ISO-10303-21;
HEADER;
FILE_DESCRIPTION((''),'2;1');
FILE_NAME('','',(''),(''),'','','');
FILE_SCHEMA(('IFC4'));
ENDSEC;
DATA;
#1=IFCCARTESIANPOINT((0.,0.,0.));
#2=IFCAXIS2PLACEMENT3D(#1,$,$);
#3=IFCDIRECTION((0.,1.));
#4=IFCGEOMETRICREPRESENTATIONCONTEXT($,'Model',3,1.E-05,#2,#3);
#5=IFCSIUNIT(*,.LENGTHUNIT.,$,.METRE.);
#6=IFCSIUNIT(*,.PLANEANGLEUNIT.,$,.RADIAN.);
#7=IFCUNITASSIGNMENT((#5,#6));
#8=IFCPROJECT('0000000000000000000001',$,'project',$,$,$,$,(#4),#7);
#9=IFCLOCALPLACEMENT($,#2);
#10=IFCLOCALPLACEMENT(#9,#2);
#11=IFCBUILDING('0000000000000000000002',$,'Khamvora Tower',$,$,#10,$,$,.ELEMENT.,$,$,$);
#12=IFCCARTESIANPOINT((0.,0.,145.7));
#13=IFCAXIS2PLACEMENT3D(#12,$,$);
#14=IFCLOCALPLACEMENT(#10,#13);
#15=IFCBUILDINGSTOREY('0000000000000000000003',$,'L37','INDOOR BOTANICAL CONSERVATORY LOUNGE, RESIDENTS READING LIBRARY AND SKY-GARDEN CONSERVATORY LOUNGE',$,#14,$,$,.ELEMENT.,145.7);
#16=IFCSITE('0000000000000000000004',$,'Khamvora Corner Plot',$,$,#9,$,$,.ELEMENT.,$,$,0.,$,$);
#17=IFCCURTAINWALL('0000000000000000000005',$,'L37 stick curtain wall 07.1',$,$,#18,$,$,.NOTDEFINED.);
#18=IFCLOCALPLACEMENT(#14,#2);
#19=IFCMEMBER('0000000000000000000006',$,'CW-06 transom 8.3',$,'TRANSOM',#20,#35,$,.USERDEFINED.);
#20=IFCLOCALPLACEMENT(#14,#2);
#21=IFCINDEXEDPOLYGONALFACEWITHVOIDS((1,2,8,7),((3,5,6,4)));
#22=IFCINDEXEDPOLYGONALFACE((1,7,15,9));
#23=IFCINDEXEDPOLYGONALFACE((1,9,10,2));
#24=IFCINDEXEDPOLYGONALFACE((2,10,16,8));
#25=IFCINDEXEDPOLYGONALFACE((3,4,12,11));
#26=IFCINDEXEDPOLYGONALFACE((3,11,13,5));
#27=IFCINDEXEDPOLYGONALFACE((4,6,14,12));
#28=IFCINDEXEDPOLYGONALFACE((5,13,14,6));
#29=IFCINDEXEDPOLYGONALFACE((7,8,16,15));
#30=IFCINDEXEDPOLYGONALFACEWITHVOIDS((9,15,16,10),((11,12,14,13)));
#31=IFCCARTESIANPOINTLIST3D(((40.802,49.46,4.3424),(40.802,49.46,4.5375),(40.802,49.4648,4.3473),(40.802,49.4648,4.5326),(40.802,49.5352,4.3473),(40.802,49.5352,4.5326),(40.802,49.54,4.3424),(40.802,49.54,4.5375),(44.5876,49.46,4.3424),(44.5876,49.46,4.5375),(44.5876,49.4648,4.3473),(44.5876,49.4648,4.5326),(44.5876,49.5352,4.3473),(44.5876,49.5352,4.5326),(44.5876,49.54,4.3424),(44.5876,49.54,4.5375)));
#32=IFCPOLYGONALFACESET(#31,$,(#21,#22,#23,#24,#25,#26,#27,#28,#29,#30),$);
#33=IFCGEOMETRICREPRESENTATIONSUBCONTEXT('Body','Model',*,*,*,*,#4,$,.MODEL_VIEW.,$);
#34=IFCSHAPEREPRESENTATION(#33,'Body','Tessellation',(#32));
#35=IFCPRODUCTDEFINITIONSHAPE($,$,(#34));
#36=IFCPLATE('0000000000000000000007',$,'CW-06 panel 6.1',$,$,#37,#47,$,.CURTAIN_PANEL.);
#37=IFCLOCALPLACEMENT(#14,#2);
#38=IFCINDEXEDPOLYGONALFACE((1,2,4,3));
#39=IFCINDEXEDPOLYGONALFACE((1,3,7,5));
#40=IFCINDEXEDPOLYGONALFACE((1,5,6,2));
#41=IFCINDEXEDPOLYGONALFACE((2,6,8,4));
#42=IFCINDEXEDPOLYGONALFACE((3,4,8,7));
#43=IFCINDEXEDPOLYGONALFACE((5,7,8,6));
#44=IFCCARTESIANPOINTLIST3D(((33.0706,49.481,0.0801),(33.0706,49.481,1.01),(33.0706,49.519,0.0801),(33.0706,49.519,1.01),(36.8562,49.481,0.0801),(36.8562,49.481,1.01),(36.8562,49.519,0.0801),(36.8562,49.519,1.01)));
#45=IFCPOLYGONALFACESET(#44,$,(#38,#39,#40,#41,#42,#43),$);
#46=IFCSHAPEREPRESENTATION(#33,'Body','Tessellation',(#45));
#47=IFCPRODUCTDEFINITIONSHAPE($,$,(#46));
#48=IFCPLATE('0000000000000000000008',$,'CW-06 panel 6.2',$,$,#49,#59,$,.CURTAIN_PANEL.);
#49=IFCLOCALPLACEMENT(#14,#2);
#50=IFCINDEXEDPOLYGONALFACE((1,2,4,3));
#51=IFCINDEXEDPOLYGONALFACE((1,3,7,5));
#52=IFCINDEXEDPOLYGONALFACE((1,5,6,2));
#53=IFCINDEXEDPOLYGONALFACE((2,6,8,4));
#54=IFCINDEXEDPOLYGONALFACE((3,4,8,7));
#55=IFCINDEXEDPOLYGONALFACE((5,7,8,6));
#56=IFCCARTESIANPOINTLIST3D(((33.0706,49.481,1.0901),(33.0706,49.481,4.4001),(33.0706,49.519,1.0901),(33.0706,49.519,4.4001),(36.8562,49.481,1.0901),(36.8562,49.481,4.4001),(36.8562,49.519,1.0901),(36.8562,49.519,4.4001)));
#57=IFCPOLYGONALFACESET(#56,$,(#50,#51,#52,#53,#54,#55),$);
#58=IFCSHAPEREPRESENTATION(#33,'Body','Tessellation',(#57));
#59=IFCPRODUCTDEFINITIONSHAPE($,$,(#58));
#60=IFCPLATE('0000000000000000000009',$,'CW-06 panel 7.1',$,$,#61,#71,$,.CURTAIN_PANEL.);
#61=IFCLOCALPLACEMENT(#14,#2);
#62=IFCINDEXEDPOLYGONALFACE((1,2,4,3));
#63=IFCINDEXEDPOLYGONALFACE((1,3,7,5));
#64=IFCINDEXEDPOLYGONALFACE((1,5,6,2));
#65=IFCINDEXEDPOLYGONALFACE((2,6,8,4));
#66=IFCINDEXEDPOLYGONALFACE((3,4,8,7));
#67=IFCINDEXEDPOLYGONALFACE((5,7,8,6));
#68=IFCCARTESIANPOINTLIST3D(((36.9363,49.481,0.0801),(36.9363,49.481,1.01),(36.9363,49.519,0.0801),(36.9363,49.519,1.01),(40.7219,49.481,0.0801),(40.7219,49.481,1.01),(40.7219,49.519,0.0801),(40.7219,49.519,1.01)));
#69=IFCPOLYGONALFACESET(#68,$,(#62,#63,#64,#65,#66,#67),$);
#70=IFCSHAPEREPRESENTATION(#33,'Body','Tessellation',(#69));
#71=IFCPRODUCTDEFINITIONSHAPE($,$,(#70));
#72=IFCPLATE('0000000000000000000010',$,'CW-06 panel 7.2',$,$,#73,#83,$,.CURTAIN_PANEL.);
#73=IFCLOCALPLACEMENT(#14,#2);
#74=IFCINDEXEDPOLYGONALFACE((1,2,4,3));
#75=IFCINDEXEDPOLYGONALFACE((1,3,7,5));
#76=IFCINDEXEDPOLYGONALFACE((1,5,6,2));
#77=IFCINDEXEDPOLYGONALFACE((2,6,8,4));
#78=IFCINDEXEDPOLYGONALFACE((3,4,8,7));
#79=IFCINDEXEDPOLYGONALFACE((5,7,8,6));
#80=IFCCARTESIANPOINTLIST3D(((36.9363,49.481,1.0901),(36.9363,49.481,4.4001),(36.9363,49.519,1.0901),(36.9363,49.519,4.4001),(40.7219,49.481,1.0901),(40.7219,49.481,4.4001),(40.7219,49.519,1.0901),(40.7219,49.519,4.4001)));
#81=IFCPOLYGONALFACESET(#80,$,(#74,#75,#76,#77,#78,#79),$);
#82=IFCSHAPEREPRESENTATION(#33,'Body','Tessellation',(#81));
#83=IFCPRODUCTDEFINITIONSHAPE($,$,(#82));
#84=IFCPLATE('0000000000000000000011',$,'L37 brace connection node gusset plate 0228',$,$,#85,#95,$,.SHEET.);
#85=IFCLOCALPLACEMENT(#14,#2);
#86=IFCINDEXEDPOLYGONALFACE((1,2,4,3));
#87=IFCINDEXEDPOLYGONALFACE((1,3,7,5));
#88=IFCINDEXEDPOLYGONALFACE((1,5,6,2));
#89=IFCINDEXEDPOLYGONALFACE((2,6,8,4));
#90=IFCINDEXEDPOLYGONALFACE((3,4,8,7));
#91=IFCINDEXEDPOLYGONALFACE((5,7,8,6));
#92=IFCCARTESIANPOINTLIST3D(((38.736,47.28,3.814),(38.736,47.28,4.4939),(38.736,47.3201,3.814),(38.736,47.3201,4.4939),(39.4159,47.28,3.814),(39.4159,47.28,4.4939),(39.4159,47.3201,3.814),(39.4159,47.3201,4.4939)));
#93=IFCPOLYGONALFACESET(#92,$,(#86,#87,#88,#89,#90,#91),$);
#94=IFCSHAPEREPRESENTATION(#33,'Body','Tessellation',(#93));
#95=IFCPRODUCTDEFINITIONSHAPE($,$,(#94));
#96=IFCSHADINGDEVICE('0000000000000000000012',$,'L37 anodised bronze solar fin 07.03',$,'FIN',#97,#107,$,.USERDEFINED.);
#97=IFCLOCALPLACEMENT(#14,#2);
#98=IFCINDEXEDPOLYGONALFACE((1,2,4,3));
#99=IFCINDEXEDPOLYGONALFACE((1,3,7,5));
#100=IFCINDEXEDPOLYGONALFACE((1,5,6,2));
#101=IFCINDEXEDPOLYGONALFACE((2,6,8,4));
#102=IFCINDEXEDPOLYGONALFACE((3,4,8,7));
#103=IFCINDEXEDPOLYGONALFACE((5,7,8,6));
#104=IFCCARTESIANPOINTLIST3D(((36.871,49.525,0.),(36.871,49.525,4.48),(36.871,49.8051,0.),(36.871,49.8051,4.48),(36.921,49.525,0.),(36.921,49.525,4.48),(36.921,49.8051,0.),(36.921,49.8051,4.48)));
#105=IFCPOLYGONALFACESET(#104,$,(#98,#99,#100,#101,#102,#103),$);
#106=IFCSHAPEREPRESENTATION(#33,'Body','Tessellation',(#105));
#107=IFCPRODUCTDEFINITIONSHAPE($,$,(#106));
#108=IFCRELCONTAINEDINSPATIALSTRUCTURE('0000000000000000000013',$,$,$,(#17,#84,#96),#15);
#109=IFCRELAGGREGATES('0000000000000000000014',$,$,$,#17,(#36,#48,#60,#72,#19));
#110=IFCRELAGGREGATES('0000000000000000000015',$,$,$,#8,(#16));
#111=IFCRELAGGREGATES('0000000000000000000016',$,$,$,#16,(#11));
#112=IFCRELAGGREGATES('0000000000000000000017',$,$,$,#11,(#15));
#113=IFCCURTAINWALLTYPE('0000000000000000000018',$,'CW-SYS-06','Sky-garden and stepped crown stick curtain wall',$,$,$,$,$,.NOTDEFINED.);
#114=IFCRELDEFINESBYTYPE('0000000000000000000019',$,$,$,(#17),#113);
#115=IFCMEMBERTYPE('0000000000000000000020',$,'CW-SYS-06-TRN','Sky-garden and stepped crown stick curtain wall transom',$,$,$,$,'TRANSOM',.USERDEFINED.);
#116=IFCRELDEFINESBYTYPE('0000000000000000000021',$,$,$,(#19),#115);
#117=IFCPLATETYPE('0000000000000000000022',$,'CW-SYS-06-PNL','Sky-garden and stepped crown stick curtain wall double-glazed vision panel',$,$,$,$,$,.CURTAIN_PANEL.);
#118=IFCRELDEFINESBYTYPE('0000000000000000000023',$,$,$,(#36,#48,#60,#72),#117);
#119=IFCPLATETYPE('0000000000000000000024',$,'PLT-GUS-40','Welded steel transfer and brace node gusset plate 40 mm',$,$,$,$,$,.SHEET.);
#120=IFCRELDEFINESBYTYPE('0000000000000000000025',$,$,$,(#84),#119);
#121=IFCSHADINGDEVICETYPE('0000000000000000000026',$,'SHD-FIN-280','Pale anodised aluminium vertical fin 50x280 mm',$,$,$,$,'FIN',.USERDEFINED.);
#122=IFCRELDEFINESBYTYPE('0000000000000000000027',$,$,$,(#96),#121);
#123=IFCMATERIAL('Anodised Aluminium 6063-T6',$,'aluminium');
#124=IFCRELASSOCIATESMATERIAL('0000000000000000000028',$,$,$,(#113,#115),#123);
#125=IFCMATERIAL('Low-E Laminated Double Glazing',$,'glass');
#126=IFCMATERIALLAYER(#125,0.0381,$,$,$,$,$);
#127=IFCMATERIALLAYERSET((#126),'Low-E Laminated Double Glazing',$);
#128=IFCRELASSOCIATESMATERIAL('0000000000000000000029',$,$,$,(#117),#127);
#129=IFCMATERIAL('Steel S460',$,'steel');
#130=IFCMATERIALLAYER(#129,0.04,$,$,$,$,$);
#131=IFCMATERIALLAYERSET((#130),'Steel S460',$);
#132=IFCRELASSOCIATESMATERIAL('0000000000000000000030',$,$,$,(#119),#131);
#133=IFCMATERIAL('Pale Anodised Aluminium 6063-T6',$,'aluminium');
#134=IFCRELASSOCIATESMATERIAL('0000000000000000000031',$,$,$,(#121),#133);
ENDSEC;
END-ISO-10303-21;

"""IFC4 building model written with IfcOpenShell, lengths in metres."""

from ifc_helpers import new_model, si_unit, direction, frame, origin, origin_2d, place, context, subcontext, project, spatial, rectangle, hollow_rectangle, extrude, material, layer, layer_set, material_profile, profile_set, type_object, element, aggregate, save


model = new_model("IFC4")

# Units and contexts
model_context = context("Model", 3, precision=1e-05, world=origin(), true_north=direction((0.0, 1.0)))
body_context = subcontext(model_context, "Body", "Model", "MODEL_VIEW")
ifc_project = project(units=[si_unit("LENGTHUNIT", "METRE"), si_unit("PLANEANGLEUNIT", "RADIAN")], contexts=[model_context])

# Site, building, storey
site_placement = place(None, origin())
site = spatial("IfcSite", under=ifc_project, at=site_placement, Name="Khamvora Corner Plot", CompositionType="ELEMENT", RefElevation=0.0)
building_placement = place(site_placement, origin())
building = spatial("IfcBuilding", under=site, at=building_placement, Name="Khamvora Tower", CompositionType="ELEMENT")
storey_placement = place(building_placement, frame((0.0, 0.0, 145.7)))
storey = spatial("IfcBuildingStorey", under=building, at=storey_placement, Name="L37", Description="INDOOR BOTANICAL CONSERVATORY LOUNGE, RESIDENTS READING LIBRARY AND SKY-GARDEN CONSERVATORY LOUNGE", CompositionType="ELEMENT", Elevation=145.7)

# Curtain wall, member, plates
ifc_material_1 = material(Name="Anodised Aluminium 6063-T6", Category="aluminium")
curtain_wall_type = type_object("IfcCurtainWallType", Name="CW-SYS-06", Description="Sky-garden and stepped crown stick curtain wall", PredefinedType="NOTDEFINED", material=ifc_material_1)
curtain_wall_placement = place(storey_placement, origin())
curtain_wall = element("IfcCurtainWall", 1, at=curtain_wall_placement, inside=storey, type_object=curtain_wall_type, Name="L37 stick curtain wall 07.1", PredefinedType="NOTDEFINED")
ifc_material_profile_1 = material_profile(ifc_material_1, hollow_rectangle(XDim=0.0801, YDim=0.1951, WallThickness=0.0049, at=origin_2d()), Name="TRN80x195x5")
ifc_profile_set_1 = profile_set([ifc_material_profile_1], Name="Anodised Aluminium 6063-T6")
member_type_1 = type_object("IfcMemberType", Name="CW-SYS-06-TRN", Description="Sky-garden and stepped crown stick curtain wall transom", ElementType="TRANSOM", PredefinedType="USERDEFINED", material=ifc_profile_set_1)
member_1_placement = place(storey_placement, frame((40.802, 49.5, 4.4399), z_axis=(1.0, 0.0, 0.0), x_axis=(0.0, 1.0, 0.0)))
member_1 = element("IfcMember", 2, at=member_1_placement, type_object=member_type_1, Name="CW-06 transom 8.3", ObjectType="TRANSOM", PredefinedType="USERDEFINED", context=body_context, shape_type="SweptSolid", body=[
    extrude(hollow_rectangle(XDim=0.0801, YDim=0.1951, WallThickness=0.0049, at=origin_2d()), origin(), (0.0, 0.0, 1.0), 3.7856),
])
ifc_material_2 = material(Name="Low-E Laminated Double Glazing", Category="glass")
ifc_layer_1 = layer(ifc_material_2, 0.0381)
ifc_layer_set_1 = layer_set([ifc_layer_1], Name="Low-E Laminated Double Glazing")
plate_type_1 = type_object("IfcPlateType", Name="CW-SYS-06-PNL", Description="Sky-garden and stepped crown stick curtain wall double-glazed vision panel", PredefinedType="CURTAIN_PANEL", material=ifc_layer_set_1)
plate_1_placement = place(storey_placement, frame((34.9634, 49.5, 0.0801), z_axis=(0.0, 0.0, 1.0), x_axis=(1.0, 0.0, 0.0)))
plate_1 = element("IfcPlate", 3, at=plate_1_placement, type_object=plate_type_1, Name="CW-06 panel 6.1", PredefinedType="CURTAIN_PANEL", context=body_context, shape_type="SweptSolid", body=[
    extrude(rectangle(XDim=3.7856, YDim=0.0381, at=origin_2d()), origin(), (0.0, 0.0, 1.0), 0.9299),
])
plate_2_placement = place(storey_placement, frame((34.9634, 49.5, 1.0901), z_axis=(0.0, 0.0, 1.0), x_axis=(1.0, 0.0, 0.0)))
plate_2 = element("IfcPlate", 4, at=plate_2_placement, type_object=plate_type_1, Name="CW-06 panel 6.2", PredefinedType="CURTAIN_PANEL", context=body_context, shape_type="SweptSolid", body=[
    extrude(rectangle(XDim=3.7856, YDim=0.0381, at=origin_2d()), origin(), (0.0, 0.0, 1.0), 3.3101),
])
plate_3_placement = place(storey_placement, frame((38.8291, 49.5, 0.0801), z_axis=(0.0, 0.0, 1.0), x_axis=(1.0, 0.0, 0.0)))
plate_3 = element("IfcPlate", 5, at=plate_3_placement, type_object=plate_type_1, Name="CW-06 panel 7.1", PredefinedType="CURTAIN_PANEL", context=body_context, shape_type="SweptSolid", body=[
    extrude(rectangle(XDim=3.7856, YDim=0.0381, at=origin_2d()), origin(), (0.0, 0.0, 1.0), 0.9299),
])
plate_4_placement = place(storey_placement, frame((38.8291, 49.5, 1.0901), z_axis=(0.0, 0.0, 1.0), x_axis=(1.0, 0.0, 0.0)))
plate_4 = element("IfcPlate", 6, at=plate_4_placement, type_object=plate_type_1, Name="CW-06 panel 7.2", PredefinedType="CURTAIN_PANEL", context=body_context, shape_type="SweptSolid", body=[
    extrude(rectangle(XDim=3.7856, YDim=0.0381, at=origin_2d()), origin(), (0.0, 0.0, 1.0), 3.3101),
])
aggregate(curtain_wall, [plate_1, plate_2, plate_3, plate_4, member_1])

# Plate
ifc_material_3 = material(Name="Steel S460", Category="steel")
ifc_layer_2 = layer(ifc_material_3, 0.04)
ifc_layer_set_2 = layer_set([ifc_layer_2], Name="Steel S460")
plate_type_2 = type_object("IfcPlateType", Name="PLT-GUS-40", Description="Welded steel transfer and brace node gusset plate 40 mm", PredefinedType="SHEET", material=ifc_layer_set_2)
plate_5_placement = place(storey_placement, frame((39.0759, 47.3, 3.814), z_axis=(0.0, 0.0, 1.0), x_axis=(1.0, 0.0, 0.0)))
element("IfcPlate", 7, at=plate_5_placement, inside=storey, type_object=plate_type_2, Name="L37 brace connection node gusset plate 0228", PredefinedType="SHEET", context=body_context, shape_type="SweptSolid", body=[
    extrude(rectangle(XDim=0.6799, YDim=0.04, at=origin_2d()), origin(), (0.0, 0.0, 1.0), 0.6799),
])

# Shading device
ifc_material_4 = material(Name="Pale Anodised Aluminium 6063-T6", Category="aluminium")
shading_device_type = type_object("IfcShadingDeviceType", Name="SHD-FIN-280", Description="Pale anodised aluminium vertical fin 50x280 mm", ElementType="FIN", PredefinedType="USERDEFINED", material=ifc_material_4)
shading_device_placement = place(storey_placement, frame((36.896, 49.665, 0.0), z_axis=(0.0, 0.0, 1.0), x_axis=(1.0, 0.0, 0.0)))
element("IfcShadingDevice", 8, at=shading_device_placement, inside=storey, type_object=shading_device_type, Name="L37 anodised bronze solar fin 07.03", ObjectType="FIN", PredefinedType="USERDEFINED", context=body_context, shape_type="SweptSolid", body=[
    extrude(rectangle(XDim=0.05, YDim=0.28, at=origin_2d()), origin(), (0.0, 0.0, 1.0), 4.48),
])

save(model, "model.ifc")
